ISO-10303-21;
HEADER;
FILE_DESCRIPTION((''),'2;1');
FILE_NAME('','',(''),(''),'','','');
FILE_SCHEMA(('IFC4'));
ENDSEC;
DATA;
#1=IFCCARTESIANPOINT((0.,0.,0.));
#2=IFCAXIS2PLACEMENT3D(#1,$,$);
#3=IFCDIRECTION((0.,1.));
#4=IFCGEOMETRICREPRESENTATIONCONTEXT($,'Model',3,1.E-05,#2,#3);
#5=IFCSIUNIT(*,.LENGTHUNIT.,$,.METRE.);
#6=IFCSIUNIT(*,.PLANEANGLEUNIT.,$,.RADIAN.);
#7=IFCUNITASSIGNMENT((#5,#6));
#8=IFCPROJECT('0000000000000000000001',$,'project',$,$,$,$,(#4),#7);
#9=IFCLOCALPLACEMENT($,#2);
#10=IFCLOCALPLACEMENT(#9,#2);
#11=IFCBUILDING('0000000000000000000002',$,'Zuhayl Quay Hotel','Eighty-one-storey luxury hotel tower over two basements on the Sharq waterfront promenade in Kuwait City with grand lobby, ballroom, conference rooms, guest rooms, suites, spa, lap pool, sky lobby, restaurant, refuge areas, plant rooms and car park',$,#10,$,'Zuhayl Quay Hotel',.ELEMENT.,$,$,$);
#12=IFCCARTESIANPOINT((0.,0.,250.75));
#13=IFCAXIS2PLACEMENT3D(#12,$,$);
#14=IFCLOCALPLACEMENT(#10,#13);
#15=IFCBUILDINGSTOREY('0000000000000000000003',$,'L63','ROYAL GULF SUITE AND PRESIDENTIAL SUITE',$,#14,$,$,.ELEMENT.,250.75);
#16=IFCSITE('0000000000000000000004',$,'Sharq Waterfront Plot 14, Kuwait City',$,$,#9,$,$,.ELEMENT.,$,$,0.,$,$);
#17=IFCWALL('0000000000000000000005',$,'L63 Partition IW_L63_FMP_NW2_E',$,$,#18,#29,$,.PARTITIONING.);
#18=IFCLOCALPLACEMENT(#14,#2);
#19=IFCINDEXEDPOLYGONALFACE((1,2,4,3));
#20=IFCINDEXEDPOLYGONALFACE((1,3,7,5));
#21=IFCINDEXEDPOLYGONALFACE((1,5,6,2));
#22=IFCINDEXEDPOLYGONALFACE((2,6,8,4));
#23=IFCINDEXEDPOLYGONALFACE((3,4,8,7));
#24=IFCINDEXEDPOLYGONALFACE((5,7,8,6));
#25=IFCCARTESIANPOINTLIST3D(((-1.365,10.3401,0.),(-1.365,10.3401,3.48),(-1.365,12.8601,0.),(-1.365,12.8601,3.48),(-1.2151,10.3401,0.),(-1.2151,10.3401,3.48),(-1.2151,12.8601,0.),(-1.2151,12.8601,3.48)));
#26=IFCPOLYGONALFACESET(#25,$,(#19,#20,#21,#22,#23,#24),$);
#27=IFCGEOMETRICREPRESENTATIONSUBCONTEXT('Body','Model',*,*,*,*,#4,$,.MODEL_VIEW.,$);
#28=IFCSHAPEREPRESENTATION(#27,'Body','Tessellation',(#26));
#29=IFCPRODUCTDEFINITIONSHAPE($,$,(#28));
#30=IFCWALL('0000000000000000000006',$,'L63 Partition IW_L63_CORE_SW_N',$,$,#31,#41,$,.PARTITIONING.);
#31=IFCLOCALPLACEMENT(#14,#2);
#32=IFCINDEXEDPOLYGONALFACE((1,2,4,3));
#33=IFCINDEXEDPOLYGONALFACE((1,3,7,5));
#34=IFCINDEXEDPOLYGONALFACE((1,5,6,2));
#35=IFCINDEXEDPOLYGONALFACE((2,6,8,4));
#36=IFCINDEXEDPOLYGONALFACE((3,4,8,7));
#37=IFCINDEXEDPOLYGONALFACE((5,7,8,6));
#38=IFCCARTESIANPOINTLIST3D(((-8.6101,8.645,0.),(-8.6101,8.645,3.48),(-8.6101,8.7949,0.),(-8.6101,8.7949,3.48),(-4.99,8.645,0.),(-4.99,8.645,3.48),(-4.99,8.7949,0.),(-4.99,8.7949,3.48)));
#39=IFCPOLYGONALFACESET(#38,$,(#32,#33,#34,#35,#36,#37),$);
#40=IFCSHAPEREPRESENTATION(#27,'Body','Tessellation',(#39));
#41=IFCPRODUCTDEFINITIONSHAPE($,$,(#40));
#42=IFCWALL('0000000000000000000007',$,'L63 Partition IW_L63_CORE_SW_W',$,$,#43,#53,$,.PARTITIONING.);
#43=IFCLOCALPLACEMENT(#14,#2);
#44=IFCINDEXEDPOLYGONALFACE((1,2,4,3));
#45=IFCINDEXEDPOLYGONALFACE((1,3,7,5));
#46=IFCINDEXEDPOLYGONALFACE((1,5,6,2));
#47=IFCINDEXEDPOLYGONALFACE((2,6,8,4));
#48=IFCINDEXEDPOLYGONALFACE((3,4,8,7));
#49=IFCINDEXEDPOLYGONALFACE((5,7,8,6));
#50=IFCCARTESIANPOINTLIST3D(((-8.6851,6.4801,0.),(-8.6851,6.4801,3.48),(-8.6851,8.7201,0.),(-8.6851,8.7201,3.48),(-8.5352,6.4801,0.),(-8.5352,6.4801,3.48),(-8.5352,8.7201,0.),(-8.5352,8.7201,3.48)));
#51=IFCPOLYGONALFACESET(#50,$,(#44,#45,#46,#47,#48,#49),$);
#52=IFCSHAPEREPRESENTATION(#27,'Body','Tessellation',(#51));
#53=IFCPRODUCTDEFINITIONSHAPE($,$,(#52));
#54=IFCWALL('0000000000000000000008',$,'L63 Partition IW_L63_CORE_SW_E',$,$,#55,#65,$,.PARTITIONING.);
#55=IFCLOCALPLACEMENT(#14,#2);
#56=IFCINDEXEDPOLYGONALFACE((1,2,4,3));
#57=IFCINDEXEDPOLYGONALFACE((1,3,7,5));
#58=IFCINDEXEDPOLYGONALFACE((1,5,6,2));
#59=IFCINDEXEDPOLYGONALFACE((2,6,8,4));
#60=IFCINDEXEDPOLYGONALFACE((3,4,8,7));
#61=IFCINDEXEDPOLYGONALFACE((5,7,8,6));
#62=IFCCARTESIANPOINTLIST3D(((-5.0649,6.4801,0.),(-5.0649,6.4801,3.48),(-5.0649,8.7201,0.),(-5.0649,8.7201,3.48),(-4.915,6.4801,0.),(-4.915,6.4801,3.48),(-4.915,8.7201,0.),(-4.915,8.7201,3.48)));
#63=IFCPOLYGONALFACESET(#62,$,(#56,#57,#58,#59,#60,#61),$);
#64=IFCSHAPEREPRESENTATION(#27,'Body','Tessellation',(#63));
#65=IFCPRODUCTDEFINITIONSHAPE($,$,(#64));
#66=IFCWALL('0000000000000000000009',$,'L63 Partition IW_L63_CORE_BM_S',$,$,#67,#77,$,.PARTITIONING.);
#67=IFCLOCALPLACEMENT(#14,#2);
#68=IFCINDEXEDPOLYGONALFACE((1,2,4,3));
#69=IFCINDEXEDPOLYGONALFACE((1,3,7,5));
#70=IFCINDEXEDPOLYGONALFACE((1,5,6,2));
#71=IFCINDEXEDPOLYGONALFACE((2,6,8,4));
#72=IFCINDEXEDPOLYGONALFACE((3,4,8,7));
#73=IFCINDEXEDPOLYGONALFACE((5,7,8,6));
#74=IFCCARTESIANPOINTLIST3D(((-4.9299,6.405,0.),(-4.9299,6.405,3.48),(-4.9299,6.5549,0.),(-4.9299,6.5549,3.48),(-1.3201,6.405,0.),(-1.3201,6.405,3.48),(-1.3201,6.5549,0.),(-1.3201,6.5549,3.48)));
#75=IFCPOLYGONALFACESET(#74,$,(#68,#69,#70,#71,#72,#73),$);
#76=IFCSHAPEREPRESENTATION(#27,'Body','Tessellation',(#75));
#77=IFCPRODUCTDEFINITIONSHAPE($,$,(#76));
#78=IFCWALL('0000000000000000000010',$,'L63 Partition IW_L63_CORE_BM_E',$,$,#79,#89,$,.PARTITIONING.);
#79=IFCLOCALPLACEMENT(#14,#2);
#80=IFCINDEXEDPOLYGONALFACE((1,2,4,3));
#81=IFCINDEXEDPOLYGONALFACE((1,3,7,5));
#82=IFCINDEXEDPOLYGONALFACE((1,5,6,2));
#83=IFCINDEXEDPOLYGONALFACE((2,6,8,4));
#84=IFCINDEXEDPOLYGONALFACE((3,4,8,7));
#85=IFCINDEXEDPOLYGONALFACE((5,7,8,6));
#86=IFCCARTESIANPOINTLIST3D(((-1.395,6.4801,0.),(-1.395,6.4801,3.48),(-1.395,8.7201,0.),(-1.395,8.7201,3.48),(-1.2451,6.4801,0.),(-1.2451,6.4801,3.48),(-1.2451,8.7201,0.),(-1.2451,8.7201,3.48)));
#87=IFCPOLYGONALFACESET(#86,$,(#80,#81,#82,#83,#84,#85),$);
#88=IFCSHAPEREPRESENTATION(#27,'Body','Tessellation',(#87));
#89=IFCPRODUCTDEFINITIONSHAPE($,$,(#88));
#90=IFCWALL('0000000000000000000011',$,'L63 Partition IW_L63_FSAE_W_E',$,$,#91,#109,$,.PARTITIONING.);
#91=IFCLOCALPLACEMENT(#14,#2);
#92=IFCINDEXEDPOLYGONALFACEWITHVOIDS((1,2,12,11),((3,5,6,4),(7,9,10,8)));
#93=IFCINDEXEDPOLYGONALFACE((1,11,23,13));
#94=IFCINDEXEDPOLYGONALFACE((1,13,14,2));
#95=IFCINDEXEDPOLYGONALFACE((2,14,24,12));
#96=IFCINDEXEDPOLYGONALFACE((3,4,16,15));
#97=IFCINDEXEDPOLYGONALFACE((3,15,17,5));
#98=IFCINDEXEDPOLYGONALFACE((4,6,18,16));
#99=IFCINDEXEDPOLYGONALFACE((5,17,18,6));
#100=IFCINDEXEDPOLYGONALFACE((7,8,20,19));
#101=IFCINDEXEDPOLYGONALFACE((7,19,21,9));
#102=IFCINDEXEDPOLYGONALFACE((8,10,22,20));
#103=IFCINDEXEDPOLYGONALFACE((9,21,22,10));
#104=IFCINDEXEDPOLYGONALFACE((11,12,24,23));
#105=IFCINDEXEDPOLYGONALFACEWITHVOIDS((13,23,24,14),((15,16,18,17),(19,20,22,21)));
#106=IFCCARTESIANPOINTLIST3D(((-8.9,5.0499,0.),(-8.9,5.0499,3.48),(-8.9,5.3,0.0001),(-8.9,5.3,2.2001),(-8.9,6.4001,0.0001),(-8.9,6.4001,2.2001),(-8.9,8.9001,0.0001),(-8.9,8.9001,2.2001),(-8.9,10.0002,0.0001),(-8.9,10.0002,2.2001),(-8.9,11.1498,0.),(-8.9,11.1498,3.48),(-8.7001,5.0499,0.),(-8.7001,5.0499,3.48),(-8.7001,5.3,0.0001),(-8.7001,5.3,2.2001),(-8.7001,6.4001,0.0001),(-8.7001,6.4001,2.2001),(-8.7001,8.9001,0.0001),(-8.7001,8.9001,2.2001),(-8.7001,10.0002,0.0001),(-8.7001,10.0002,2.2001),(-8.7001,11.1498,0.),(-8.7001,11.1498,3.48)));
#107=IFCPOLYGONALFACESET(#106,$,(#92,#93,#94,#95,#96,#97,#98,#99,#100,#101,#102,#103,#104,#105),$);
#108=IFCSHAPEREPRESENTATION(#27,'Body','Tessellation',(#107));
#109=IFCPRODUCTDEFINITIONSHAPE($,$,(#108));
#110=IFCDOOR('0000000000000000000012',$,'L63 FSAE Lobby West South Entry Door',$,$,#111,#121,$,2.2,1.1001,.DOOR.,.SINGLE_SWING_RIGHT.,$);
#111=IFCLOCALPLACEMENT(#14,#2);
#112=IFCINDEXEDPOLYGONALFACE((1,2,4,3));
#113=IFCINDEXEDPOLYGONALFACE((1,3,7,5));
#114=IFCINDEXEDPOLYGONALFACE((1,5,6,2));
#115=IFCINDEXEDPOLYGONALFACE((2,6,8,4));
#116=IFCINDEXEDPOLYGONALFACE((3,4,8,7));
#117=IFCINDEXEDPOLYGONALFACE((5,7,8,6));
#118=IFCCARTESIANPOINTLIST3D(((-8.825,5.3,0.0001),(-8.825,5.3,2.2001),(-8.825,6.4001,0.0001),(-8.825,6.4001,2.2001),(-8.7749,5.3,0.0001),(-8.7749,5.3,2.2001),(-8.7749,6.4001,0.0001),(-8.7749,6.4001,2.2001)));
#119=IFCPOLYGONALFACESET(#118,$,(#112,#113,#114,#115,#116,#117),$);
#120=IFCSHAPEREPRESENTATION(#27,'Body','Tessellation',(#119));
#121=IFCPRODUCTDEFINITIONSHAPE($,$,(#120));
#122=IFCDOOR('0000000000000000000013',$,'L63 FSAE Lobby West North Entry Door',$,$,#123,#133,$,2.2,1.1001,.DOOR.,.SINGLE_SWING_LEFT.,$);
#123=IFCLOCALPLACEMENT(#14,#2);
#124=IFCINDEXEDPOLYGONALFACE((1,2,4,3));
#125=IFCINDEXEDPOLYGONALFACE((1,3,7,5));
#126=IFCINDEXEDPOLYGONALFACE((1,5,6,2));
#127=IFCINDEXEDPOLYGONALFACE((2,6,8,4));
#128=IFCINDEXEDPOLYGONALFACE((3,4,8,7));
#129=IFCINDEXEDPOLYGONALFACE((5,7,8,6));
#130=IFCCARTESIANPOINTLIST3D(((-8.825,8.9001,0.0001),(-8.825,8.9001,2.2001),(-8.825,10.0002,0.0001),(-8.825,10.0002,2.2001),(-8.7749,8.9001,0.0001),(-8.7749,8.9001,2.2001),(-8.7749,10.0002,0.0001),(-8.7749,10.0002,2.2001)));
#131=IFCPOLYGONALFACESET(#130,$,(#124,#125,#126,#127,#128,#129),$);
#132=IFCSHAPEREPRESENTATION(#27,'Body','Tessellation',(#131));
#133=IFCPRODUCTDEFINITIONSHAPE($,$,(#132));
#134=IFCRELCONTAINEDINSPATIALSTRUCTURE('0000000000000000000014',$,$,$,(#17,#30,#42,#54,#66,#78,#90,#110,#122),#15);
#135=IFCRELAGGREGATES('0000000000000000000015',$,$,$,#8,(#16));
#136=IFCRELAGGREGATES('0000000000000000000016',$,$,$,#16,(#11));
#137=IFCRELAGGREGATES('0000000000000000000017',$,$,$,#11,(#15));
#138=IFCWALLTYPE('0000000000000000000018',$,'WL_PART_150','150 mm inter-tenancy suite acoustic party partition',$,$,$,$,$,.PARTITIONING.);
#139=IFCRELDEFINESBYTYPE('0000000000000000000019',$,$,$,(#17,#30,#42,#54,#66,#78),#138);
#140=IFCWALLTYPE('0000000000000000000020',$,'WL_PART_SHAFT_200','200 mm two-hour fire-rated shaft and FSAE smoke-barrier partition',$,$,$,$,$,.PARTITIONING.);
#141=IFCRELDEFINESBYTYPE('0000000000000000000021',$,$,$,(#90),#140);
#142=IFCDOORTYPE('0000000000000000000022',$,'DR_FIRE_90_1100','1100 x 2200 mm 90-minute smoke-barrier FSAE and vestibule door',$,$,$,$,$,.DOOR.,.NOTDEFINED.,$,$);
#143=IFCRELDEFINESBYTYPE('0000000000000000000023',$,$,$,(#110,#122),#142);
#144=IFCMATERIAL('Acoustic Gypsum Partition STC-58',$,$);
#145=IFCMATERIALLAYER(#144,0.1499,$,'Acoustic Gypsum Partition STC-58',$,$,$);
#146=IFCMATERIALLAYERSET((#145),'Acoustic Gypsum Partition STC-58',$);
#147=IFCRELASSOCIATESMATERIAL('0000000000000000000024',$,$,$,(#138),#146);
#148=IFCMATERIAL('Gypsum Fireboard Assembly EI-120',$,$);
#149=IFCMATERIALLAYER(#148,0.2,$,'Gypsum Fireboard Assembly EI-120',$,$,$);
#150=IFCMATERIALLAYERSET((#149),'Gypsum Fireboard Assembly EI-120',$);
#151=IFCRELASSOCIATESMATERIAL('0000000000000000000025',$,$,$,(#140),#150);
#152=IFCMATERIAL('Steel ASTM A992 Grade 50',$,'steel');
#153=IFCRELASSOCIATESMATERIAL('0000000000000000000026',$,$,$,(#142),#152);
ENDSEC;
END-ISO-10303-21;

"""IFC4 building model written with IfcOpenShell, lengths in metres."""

from ifc_helpers import new_model, si_unit, direction, frame, frame_2d, origin, place, context, subcontext, project, spatial, rectangle, extrude, material, layer, layer_set, type_object, element, fill, save


model = new_model("IFC4")

# Units and contexts
model_context = context("Model", 3, precision=1e-05, world=origin(), true_north=direction((0.0, 1.0)))
body_context = subcontext(model_context, "Body", "Model", "MODEL_VIEW")
ifc_project = project(units=[si_unit("LENGTHUNIT", "METRE"), si_unit("PLANEANGLEUNIT", "RADIAN")], contexts=[model_context])

# Site, building, storey
site_placement = place(None, origin())
site = spatial("IfcSite", under=ifc_project, at=site_placement, Name="Sharq Waterfront Plot 14, Kuwait City", CompositionType="ELEMENT", RefElevation=0.0)
building_placement = place(site_placement, origin())
building = spatial("IfcBuilding", under=site, at=building_placement, Name="Zuhayl Quay Hotel", Description="Eighty-one-storey luxury hotel tower over two basements on the Sharq waterfront promenade in Kuwait City with grand lobby, ballroom, conference rooms, guest rooms, suites, spa, lap pool, sky lobby, restaurant, refuge areas, plant rooms and car park", LongName="Zuhayl Quay Hotel", CompositionType="ELEMENT")
storey_placement = place(building_placement, frame((0.0, 0.0, 250.75)))
storey = spatial("IfcBuildingStorey", under=building, at=storey_placement, Name="L63", Description="ROYAL GULF SUITE AND PRESIDENTIAL SUITE", CompositionType="ELEMENT", Elevation=250.75)

# Shared definitions
ifc_material_1 = material(Name="Acoustic Gypsum Partition STC-58")
ifc_layer_1 = layer(ifc_material_1, 0.1499, Name="Acoustic Gypsum Partition STC-58")
ifc_layer_set_1 = layer_set([ifc_layer_1], Name="Acoustic Gypsum Partition STC-58")
wall_type_1 = type_object("IfcWallType", Name="WL_PART_150", Description="150 mm inter-tenancy suite acoustic party partition", PredefinedType="PARTITIONING", material=ifc_layer_set_1)
ifc_material_2 = material(Name="Steel ASTM A992 Grade 50", Category="steel")

# Walls
for number, where, z_axis, x_axis, name in (
    (1, (-1.29, 10.3401, 0.0), (0.0, 0.0, 1.0), (0.0, 1.0, 0.0), "L63 Partition IW_L63_FMP_NW2_E"),
):
    element("IfcWall", number, at=place(storey_placement, frame(where, z_axis=z_axis, x_axis=x_axis)), inside=storey, type_object=wall_type_1, Name=name, PredefinedType="PARTITIONING", context=body_context, shape_type="SweptSolid", body=[
        extrude(rectangle(XDim=2.52, YDim=0.1499, at=frame_2d((1.26, 0.0))), origin(), (0.0, 0.0, 1.0), 3.48),
    ])
wall_1_placement = place(storey_placement, frame((-8.6101, 8.72, 0.0), z_axis=(0.0, 0.0, 1.0), x_axis=(1.0, 0.0, 0.0)))
element("IfcWall", 2, at=wall_1_placement, inside=storey, type_object=wall_type_1, Name="L63 Partition IW_L63_CORE_SW_N", PredefinedType="PARTITIONING", context=body_context, shape_type="SweptSolid", body=[
    extrude(rectangle(XDim=3.6201, YDim=0.1499, at=frame_2d((1.8101, 0.0))), origin(), (0.0, 0.0, 1.0), 3.48),
])
for number, where, z_axis, x_axis, name in (
    (3, (-8.6101, 6.48, 0.0), (0.0, 0.0, 1.0), (0.0, 1.0, 0.0), "L63 Partition IW_L63_CORE_SW_W"),
    (4, (-4.99, 6.48, 0.0), (0.0, 0.0, 1.0), (0.0, 1.0, 0.0), "L63 Partition IW_L63_CORE_SW_E"),
):
    element("IfcWall", number, at=place(storey_placement, frame(where, z_axis=z_axis, x_axis=x_axis)), inside=storey, type_object=wall_type_1, Name=name, PredefinedType="PARTITIONING", context=body_context, shape_type="SweptSolid", body=[
        extrude(rectangle(XDim=2.24, YDim=0.1499, at=frame_2d((1.1201, 0.0))), origin(), (0.0, 0.0, 1.0), 3.48),
    ])
wall_2_placement = place(storey_placement, frame((-4.9299, 6.48, 0.0), z_axis=(0.0, 0.0, 1.0), x_axis=(1.0, 0.0, 0.0)))
element("IfcWall", 5, at=wall_2_placement, inside=storey, type_object=wall_type_1, Name="L63 Partition IW_L63_CORE_BM_S", PredefinedType="PARTITIONING", context=body_context, shape_type="SweptSolid", body=[
    extrude(rectangle(XDim=3.6099, YDim=0.1499, at=frame_2d((1.8049, 0.0))), origin(), (0.0, 0.0, 1.0), 3.48),
])
wall_3_placement = place(storey_placement, frame((-1.3201, 6.48, 0.0), z_axis=(0.0, 0.0, 1.0), x_axis=(0.0, 1.0, 0.0)))
element("IfcWall", 6, at=wall_3_placement, inside=storey, type_object=wall_type_1, Name="L63 Partition IW_L63_CORE_BM_E", PredefinedType="PARTITIONING", context=body_context, shape_type="SweptSolid", body=[
    extrude(rectangle(XDim=2.24, YDim=0.1499, at=frame_2d((1.1201, 0.0))), origin(), (0.0, 0.0, 1.0), 3.48),
])

# Wall, openings, doors
ifc_material_3 = material(Name="Gypsum Fireboard Assembly EI-120")
ifc_layer_2 = layer(ifc_material_3, 0.2, Name="Gypsum Fireboard Assembly EI-120")
ifc_layer_set_2 = layer_set([ifc_layer_2], Name="Gypsum Fireboard Assembly EI-120")
wall_type_2 = type_object("IfcWallType", Name="WL_PART_SHAFT_200", Description="200 mm two-hour fire-rated shaft and FSAE smoke-barrier partition", PredefinedType="PARTITIONING", material=ifc_layer_set_2)
wall_4_placement = place(storey_placement, frame((-8.8, 5.05, 0.0), z_axis=(0.0, 0.0, 1.0), x_axis=(0.0, 1.0, 0.0)))
wall_4 = element("IfcWall", 7, at=wall_4_placement, inside=storey, type_object=wall_type_2, Name="L63 Partition IW_L63_FSAE_W_E", PredefinedType="PARTITIONING", context=body_context, shape_type="SweptSolid", body=[
    extrude(rectangle(XDim=6.0999, YDim=0.2, at=frame_2d((3.0498, 0.0))), origin(), (0.0, 0.0, 1.0), 3.48),
])
opening_1_placement = place(wall_4_placement, frame((0.25, 0.0, 0.0)))
opening_1 = element("IfcOpeningElement", 8, at=opening_1_placement, cuts=wall_4, PredefinedType="OPENING", context=body_context, shape_type="SweptSolid", body=[
    extrude(rectangle(XDim=1.1001, YDim=2.2, at=frame_2d((0.55, 1.1001))), frame((0.0, 0.1099, 0.0), z_axis=(0.0, -1.0, 0.0), x_axis=(1.0, 0.0, 0.0)), (0.0, 0.0, 1.0), 0.22),
])
opening_2_placement = place(wall_4_placement, frame((3.8501, 0.0, 0.0)))
opening_2 = element("IfcOpeningElement", 9, at=opening_2_placement, cuts=wall_4, PredefinedType="OPENING", context=body_context, shape_type="SweptSolid", body=[
    extrude(rectangle(XDim=1.1001, YDim=2.2, at=frame_2d((0.55, 1.1001))), frame((0.0, 0.1099, 0.0), z_axis=(0.0, -1.0, 0.0), x_axis=(1.0, 0.0, 0.0)), (0.0, 0.0, 1.0), 0.22),
])
door_type_1 = type_object("IfcDoorType", Name="DR_FIRE_90_1100", Description="1100 x 2200 mm 90-minute smoke-barrier FSAE and vestibule door", OperationType="NOTDEFINED", PredefinedType="DOOR", material=ifc_material_2)
door_1_placement = place(opening_1_placement, origin())
door_1 = element("IfcDoor", 10, at=door_1_placement, inside=storey, type_object=door_type_1, Name="L63 FSAE Lobby West South Entry Door", OperationType="SINGLE_SWING_RIGHT", OverallHeight=2.2, OverallWidth=1.1001, PredefinedType="DOOR", context=body_context, shape_type="SweptSolid", body=[
    extrude(rectangle(XDim=1.1001, YDim=2.2, at=frame_2d((0.55, 1.1001))), frame((0.0, 0.0249, 0.0), z_axis=(0.0, -1.0, 0.0), x_axis=(1.0, 0.0, 0.0)), (0.0, 0.0, 1.0), 0.05),
])
fill(opening_1, door_1)
door_2_placement = place(opening_2_placement, origin())
door_2 = element("IfcDoor", 11, at=door_2_placement, inside=storey, type_object=door_type_1, Name="L63 FSAE Lobby West North Entry Door", OperationType="SINGLE_SWING_LEFT", OverallHeight=2.2, OverallWidth=1.1001, PredefinedType="DOOR", context=body_context, shape_type="SweptSolid", body=[
    extrude(rectangle(XDim=1.1001, YDim=2.2, at=frame_2d((0.55, 1.1001))), frame((0.0, 0.0249, 0.0), z_axis=(0.0, -1.0, 0.0), x_axis=(1.0, 0.0, 0.0)), (0.0, 0.0, 1.0), 0.05),
])
fill(opening_2, door_2)

save(model, "model.ifc")
